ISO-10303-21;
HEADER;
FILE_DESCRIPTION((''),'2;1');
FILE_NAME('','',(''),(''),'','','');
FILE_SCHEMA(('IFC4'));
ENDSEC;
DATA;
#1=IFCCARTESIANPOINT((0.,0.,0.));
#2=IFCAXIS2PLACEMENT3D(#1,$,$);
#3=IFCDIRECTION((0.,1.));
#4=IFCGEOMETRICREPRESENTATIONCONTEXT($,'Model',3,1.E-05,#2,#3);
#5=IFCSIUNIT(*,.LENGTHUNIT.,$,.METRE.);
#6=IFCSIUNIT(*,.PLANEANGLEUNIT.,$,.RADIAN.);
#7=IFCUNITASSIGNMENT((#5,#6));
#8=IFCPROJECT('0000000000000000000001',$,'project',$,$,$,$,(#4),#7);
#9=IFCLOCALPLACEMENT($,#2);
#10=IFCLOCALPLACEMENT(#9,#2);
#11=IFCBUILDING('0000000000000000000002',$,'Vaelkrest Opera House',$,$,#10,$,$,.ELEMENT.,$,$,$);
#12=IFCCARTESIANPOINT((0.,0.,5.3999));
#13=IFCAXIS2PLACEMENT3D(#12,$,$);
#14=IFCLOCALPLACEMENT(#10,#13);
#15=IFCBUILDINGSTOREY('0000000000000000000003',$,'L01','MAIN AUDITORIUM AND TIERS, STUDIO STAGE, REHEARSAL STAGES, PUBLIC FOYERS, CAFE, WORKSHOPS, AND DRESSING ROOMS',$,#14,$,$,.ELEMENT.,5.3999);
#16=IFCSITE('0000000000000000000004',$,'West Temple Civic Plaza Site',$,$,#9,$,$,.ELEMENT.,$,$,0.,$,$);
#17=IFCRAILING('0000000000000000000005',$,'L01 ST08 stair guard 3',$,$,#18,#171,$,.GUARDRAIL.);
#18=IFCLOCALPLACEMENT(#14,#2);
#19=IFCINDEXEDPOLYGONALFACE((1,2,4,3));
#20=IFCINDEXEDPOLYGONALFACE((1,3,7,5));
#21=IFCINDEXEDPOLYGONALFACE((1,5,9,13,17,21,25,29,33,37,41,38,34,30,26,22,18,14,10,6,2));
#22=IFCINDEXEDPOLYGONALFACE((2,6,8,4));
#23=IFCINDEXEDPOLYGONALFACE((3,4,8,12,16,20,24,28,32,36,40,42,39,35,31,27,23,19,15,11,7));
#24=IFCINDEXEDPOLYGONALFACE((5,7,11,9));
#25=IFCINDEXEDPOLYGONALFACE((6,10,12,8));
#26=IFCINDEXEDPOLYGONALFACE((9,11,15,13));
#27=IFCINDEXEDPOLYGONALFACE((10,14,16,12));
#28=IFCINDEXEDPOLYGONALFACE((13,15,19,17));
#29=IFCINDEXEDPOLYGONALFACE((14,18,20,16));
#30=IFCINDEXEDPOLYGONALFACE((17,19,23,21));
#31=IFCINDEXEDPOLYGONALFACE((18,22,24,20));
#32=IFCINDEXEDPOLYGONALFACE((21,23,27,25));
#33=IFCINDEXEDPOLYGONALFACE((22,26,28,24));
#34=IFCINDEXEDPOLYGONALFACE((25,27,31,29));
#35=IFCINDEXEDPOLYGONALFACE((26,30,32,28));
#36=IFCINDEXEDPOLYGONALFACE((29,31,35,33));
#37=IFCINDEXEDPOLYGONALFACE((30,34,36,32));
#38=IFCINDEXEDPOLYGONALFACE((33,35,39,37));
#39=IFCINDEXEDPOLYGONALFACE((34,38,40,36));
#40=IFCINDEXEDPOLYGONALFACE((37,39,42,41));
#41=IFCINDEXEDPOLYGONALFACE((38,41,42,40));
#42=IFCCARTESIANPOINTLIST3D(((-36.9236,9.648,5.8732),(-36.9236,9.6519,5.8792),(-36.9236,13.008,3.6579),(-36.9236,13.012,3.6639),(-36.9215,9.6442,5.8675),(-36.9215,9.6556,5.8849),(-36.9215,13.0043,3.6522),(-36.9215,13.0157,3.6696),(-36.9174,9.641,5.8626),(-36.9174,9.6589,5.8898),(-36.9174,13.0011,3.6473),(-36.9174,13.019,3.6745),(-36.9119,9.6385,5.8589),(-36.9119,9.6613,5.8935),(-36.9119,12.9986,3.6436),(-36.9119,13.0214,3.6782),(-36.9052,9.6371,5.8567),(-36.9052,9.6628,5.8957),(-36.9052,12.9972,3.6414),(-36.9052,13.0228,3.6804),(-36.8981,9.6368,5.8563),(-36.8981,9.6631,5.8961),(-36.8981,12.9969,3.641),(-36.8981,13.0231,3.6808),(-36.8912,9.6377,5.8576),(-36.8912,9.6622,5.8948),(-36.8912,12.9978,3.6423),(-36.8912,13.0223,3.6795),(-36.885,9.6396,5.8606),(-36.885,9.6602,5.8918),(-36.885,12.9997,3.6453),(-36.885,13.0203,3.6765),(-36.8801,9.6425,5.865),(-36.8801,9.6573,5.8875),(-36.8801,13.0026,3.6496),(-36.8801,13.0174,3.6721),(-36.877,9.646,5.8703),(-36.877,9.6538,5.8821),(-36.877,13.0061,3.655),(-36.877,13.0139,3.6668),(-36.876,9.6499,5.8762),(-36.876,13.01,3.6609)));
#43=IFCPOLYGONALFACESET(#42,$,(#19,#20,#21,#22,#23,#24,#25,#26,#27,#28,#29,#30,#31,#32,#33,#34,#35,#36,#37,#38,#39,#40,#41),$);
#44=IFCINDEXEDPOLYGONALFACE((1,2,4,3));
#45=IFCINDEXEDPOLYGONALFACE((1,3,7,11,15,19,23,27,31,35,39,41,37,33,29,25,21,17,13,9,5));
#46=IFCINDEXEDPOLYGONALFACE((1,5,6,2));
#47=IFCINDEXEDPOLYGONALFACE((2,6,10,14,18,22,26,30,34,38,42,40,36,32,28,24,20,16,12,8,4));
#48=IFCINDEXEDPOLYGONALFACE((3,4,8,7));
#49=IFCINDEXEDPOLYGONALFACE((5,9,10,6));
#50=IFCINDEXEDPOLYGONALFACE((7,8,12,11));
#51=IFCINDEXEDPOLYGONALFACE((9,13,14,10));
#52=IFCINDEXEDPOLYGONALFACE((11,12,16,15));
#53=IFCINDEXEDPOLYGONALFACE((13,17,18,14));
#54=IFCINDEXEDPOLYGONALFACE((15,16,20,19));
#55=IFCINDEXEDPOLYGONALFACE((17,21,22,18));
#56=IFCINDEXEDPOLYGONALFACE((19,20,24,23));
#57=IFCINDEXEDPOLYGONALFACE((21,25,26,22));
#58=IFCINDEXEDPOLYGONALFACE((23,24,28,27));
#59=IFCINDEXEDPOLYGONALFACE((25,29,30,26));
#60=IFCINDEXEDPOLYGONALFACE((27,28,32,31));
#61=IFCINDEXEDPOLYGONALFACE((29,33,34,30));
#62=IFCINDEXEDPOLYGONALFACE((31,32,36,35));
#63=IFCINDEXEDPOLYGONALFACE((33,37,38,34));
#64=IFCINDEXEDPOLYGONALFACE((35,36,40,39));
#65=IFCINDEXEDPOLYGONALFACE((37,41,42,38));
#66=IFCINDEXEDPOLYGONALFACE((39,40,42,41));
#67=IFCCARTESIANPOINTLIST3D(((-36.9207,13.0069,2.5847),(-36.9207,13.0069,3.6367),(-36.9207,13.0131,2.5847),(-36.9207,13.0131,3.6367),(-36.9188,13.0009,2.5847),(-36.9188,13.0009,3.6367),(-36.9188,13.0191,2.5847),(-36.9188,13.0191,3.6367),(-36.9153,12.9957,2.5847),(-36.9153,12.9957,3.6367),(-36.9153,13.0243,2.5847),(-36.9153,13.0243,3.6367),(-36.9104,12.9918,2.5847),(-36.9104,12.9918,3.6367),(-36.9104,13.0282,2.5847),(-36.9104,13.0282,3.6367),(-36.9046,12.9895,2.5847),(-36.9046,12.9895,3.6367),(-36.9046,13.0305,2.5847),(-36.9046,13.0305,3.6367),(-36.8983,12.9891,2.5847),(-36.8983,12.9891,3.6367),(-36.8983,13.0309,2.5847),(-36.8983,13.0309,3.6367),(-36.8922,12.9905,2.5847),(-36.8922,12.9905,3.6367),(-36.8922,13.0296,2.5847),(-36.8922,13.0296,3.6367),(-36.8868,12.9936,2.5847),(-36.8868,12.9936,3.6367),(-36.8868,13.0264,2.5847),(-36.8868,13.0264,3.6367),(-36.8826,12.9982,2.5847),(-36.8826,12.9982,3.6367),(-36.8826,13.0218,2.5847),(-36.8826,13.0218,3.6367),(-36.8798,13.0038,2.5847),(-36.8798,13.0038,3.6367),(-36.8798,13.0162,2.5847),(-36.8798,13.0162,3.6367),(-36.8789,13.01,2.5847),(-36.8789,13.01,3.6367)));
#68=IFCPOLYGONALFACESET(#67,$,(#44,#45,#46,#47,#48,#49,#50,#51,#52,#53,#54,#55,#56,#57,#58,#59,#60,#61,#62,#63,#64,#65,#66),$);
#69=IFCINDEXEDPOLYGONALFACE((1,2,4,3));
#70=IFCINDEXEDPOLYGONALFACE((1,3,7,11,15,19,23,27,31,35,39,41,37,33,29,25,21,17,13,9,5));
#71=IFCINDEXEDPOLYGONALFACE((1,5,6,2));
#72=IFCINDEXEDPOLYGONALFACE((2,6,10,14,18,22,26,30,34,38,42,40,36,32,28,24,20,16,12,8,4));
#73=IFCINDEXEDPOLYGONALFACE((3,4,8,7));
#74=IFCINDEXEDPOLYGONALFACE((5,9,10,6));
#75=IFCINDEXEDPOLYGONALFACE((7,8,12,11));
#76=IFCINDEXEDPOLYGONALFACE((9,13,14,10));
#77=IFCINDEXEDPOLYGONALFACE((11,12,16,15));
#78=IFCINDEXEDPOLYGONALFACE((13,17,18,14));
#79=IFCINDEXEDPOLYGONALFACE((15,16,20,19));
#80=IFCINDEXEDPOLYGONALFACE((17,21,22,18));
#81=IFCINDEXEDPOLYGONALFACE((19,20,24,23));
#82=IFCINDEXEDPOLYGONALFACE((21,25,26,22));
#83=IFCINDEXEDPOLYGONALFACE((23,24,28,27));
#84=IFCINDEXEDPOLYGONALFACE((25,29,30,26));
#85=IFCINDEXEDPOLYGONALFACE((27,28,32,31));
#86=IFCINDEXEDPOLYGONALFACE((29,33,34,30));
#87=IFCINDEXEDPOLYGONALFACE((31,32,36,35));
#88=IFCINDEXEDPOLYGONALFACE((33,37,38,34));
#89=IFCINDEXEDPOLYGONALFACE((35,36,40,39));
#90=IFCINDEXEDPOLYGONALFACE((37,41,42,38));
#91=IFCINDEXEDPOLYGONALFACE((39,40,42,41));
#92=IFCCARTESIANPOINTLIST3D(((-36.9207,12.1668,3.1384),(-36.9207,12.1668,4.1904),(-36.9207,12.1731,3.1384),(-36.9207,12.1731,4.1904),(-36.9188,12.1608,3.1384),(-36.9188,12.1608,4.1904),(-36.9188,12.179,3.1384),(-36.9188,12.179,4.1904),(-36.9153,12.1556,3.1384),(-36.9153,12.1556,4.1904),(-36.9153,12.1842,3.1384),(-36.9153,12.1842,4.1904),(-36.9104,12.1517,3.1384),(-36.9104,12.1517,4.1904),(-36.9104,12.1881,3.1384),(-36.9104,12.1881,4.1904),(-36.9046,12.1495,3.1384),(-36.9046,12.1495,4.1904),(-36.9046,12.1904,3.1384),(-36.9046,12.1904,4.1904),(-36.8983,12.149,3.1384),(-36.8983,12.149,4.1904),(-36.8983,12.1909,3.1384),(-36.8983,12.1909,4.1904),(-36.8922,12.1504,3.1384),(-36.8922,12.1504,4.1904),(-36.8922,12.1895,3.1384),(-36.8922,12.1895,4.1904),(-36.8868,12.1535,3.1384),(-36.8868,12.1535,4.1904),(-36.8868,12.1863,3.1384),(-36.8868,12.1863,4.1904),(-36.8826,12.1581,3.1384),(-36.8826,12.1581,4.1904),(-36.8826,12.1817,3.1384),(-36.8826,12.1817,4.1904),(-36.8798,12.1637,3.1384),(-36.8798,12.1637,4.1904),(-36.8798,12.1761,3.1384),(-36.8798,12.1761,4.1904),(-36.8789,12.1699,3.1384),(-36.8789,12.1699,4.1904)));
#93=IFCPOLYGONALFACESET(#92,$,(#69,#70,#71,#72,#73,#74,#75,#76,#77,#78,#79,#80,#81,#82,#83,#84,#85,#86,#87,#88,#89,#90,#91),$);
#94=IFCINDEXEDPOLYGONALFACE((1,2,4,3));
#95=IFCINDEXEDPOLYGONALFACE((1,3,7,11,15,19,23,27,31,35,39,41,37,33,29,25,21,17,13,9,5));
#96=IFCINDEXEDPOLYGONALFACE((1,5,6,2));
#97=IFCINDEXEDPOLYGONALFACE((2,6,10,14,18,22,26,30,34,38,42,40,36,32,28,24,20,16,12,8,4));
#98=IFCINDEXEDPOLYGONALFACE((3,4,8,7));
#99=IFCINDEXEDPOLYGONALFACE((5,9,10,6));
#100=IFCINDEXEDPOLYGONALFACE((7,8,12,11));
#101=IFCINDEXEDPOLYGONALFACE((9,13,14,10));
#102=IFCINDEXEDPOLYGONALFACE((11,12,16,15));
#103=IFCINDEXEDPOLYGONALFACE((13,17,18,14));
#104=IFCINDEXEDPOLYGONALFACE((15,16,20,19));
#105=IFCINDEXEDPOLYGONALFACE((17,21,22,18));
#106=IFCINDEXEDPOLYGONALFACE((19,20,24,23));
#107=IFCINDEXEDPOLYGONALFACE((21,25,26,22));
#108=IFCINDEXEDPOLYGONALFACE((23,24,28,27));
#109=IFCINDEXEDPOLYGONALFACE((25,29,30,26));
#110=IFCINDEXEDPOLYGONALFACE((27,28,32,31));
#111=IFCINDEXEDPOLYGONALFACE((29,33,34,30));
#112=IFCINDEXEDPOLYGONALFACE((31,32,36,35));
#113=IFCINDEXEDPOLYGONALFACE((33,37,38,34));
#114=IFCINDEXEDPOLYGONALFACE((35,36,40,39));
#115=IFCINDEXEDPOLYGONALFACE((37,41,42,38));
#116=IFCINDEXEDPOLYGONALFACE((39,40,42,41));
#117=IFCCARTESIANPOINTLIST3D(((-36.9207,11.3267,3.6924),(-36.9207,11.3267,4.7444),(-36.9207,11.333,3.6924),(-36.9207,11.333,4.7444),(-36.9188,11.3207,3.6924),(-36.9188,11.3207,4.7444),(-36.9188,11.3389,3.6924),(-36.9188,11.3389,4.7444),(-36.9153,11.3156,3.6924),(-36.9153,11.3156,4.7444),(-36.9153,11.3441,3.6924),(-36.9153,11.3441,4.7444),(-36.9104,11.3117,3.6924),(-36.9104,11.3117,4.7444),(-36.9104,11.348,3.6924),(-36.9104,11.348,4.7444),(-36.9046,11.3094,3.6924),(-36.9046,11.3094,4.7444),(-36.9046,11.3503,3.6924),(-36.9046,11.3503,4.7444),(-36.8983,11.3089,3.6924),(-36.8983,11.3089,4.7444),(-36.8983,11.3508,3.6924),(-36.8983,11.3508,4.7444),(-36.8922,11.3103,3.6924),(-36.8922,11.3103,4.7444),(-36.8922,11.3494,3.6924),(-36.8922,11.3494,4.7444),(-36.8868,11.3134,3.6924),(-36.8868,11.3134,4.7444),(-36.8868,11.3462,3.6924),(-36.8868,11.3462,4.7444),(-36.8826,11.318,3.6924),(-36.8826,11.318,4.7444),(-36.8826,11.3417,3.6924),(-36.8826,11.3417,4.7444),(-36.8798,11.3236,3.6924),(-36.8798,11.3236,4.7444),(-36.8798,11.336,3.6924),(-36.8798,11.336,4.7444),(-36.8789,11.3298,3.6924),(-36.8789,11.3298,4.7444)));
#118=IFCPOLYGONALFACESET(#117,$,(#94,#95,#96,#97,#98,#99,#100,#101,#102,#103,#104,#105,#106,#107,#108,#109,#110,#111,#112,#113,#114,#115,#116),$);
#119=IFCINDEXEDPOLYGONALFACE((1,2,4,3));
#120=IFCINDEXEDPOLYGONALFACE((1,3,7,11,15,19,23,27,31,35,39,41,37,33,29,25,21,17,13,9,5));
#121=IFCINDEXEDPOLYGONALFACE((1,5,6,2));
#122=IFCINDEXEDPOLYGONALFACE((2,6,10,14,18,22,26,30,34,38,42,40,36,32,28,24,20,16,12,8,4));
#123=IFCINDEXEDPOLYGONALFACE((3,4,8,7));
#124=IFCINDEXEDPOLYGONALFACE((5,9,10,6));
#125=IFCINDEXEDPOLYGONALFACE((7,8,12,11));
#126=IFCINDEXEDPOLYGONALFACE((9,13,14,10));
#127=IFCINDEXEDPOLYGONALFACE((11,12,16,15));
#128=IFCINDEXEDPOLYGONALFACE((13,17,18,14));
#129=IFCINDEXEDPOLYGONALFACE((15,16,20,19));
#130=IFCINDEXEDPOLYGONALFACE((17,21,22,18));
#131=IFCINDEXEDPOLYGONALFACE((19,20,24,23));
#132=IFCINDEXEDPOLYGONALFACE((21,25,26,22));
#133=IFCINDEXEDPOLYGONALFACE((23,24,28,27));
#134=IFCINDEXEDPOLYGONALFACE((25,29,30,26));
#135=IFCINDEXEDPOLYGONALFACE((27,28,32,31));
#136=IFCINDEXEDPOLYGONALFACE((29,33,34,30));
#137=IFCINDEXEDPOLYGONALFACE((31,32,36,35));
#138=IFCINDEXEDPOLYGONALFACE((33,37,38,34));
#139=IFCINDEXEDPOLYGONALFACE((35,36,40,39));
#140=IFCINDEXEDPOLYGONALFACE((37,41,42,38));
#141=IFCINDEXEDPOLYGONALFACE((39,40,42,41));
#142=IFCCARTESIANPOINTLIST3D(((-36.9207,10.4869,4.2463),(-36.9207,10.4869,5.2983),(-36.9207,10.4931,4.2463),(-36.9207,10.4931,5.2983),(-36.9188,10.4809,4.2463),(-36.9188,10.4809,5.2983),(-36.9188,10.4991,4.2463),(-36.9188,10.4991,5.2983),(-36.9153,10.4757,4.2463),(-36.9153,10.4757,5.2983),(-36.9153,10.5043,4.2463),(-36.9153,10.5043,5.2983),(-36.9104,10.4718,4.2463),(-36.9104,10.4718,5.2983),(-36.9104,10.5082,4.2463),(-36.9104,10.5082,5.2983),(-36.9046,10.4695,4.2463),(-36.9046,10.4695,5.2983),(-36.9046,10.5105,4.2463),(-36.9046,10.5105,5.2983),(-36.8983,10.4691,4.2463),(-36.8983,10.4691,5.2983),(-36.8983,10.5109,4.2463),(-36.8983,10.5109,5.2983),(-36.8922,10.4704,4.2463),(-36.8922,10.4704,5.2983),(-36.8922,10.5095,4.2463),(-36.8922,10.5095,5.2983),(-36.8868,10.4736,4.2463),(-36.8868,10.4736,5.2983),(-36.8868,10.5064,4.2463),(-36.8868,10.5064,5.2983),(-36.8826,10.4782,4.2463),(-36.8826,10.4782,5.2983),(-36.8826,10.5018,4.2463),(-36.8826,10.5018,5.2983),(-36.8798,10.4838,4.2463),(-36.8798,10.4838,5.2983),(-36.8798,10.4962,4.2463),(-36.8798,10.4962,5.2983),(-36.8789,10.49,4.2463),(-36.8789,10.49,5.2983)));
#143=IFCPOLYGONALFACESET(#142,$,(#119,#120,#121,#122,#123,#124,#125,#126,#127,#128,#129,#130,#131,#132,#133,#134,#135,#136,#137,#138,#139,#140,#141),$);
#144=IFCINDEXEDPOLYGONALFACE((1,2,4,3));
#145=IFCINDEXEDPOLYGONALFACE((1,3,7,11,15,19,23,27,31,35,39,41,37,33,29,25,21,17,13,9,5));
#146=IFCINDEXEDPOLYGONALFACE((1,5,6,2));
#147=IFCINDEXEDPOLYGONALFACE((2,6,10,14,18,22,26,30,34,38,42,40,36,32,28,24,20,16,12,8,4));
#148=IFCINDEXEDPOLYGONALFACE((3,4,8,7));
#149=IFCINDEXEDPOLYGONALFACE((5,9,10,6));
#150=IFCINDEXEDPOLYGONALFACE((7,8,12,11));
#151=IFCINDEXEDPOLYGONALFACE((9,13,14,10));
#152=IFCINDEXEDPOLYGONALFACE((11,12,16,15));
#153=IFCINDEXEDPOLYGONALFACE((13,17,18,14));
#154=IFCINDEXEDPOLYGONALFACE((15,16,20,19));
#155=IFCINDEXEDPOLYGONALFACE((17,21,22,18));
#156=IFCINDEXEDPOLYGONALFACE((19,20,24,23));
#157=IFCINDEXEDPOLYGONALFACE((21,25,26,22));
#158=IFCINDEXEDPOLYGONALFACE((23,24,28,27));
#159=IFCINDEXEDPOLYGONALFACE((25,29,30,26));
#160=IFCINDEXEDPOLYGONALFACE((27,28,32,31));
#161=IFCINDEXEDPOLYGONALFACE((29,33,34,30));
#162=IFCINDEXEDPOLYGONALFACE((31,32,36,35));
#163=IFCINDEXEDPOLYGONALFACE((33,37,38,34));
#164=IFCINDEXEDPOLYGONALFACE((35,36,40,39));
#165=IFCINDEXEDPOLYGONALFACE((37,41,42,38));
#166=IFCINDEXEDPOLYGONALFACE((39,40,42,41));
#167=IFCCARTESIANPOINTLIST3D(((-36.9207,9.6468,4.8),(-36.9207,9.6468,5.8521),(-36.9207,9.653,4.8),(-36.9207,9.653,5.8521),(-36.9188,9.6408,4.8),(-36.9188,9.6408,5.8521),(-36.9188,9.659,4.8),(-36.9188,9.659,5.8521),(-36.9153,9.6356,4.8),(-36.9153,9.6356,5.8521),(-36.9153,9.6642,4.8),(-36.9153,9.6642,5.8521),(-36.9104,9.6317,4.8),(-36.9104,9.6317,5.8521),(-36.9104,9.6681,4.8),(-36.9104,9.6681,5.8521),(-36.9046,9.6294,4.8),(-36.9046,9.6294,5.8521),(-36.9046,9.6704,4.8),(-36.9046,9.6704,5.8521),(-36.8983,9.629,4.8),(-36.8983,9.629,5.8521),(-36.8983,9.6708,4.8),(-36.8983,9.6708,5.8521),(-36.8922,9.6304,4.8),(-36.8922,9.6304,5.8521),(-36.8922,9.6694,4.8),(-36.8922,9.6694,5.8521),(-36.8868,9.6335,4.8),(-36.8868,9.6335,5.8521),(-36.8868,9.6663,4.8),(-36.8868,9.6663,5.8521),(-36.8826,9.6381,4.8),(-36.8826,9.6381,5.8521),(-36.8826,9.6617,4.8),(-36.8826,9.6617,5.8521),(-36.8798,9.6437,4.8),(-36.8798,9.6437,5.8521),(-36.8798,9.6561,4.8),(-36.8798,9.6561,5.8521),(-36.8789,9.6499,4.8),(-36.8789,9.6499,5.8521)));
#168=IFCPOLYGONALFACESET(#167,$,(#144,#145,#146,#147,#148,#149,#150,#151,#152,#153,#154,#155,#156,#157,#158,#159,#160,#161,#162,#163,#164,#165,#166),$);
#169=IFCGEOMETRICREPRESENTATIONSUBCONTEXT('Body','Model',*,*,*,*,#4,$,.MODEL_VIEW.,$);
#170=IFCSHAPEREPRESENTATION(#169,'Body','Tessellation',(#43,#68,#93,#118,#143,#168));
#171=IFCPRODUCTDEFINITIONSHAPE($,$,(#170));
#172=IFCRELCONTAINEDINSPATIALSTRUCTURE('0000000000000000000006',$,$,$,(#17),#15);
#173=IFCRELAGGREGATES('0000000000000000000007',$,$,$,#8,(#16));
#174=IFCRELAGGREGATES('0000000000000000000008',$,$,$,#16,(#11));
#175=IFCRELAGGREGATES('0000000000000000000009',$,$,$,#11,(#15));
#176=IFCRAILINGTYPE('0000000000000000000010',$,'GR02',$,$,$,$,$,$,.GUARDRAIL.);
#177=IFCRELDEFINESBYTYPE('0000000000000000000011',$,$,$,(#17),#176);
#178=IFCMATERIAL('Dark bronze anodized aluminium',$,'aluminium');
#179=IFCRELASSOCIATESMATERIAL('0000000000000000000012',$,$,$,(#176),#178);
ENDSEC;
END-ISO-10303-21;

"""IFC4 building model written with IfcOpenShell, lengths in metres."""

from ifc_helpers import new_model, si_unit, direction, frame, origin, origin_2d, place, context, subcontext, project, spatial, circle, extrude, material, type_object, element, save


model = new_model("IFC4")

# Units and contexts
model_context = context("Model", 3, precision=1e-05, world=origin(), true_north=direction((0.0, 1.0)))
body_context = subcontext(model_context, "Body", "Model", "MODEL_VIEW")
ifc_project = project(units=[si_unit("LENGTHUNIT", "METRE"), si_unit("PLANEANGLEUNIT", "RADIAN")], contexts=[model_context])

# Site, building, storey
site_placement = place(None, origin())
site = spatial("IfcSite", under=ifc_project, at=site_placement, Name="West Temple Civic Plaza Site", CompositionType="ELEMENT", RefElevation=0.0)
building_placement = place(site_placement, origin())
building = spatial("IfcBuilding", under=site, at=building_placement, Name="Vaelkrest Opera House", CompositionType="ELEMENT")
storey_placement = place(building_placement, frame((0.0, 0.0, 5.3999)))
storey = spatial("IfcBuildingStorey", under=building, at=storey_placement, Name="L01", Description="MAIN AUDITORIUM AND TIERS, STUDIO STAGE, REHEARSAL STAGES, PUBLIC FOYERS, CAFE, WORKSHOPS, AND DRESSING ROOMS", CompositionType="ELEMENT", Elevation=5.3999)

# Shared definitions
ifc_material_1 = material(Name="Dark bronze anodized aluminium", Category="aluminium")

# Railing
railing_type = type_object("IfcRailingType", Name="GR02", PredefinedType="GUARDRAIL", material=ifc_material_1)
railing_1_placement = place(storey_placement, frame((-36.8999, 13.01, 2.5847)))
element("IfcRailing", 1, at=railing_1_placement, inside=storey, type_object=railing_type, Name="L01 ST08 stair guard 3", PredefinedType="GUARDRAIL", context=body_context, shape_type="SweptSolid", body=[
    extrude(circle(Radius=0.0239, at=origin_2d()), frame((0.0, 0.0, 1.0762), z_axis=(0.0, -0.834876, 0.550437), x_axis=(1.0, 0.0, 0.0)), (0.0, 0.0, 1.0), 4.0247),
    extrude(circle(Radius=0.021, at=origin_2d()), origin(), (0.0, 0.0, 1.0), 1.052),
    extrude(circle(Radius=0.021, at=origin_2d()), frame((0.0, -0.8401, 0.5537)), (0.0, 0.0, 1.0), 1.052),
    extrude(circle(Radius=0.021, at=origin_2d()), frame((0.0, -1.6802, 1.1077)), (0.0, 0.0, 1.0), 1.052),
    extrude(circle(Radius=0.021, at=origin_2d()), frame((0.0, -2.52, 1.6616)), (0.0, 0.0, 1.0), 1.052),
    extrude(circle(Radius=0.021, at=origin_2d()), frame((0.0, -3.3601, 2.2153)), (0.0, 0.0, 1.0), 1.052),
])

save(model, "model.ifc")
